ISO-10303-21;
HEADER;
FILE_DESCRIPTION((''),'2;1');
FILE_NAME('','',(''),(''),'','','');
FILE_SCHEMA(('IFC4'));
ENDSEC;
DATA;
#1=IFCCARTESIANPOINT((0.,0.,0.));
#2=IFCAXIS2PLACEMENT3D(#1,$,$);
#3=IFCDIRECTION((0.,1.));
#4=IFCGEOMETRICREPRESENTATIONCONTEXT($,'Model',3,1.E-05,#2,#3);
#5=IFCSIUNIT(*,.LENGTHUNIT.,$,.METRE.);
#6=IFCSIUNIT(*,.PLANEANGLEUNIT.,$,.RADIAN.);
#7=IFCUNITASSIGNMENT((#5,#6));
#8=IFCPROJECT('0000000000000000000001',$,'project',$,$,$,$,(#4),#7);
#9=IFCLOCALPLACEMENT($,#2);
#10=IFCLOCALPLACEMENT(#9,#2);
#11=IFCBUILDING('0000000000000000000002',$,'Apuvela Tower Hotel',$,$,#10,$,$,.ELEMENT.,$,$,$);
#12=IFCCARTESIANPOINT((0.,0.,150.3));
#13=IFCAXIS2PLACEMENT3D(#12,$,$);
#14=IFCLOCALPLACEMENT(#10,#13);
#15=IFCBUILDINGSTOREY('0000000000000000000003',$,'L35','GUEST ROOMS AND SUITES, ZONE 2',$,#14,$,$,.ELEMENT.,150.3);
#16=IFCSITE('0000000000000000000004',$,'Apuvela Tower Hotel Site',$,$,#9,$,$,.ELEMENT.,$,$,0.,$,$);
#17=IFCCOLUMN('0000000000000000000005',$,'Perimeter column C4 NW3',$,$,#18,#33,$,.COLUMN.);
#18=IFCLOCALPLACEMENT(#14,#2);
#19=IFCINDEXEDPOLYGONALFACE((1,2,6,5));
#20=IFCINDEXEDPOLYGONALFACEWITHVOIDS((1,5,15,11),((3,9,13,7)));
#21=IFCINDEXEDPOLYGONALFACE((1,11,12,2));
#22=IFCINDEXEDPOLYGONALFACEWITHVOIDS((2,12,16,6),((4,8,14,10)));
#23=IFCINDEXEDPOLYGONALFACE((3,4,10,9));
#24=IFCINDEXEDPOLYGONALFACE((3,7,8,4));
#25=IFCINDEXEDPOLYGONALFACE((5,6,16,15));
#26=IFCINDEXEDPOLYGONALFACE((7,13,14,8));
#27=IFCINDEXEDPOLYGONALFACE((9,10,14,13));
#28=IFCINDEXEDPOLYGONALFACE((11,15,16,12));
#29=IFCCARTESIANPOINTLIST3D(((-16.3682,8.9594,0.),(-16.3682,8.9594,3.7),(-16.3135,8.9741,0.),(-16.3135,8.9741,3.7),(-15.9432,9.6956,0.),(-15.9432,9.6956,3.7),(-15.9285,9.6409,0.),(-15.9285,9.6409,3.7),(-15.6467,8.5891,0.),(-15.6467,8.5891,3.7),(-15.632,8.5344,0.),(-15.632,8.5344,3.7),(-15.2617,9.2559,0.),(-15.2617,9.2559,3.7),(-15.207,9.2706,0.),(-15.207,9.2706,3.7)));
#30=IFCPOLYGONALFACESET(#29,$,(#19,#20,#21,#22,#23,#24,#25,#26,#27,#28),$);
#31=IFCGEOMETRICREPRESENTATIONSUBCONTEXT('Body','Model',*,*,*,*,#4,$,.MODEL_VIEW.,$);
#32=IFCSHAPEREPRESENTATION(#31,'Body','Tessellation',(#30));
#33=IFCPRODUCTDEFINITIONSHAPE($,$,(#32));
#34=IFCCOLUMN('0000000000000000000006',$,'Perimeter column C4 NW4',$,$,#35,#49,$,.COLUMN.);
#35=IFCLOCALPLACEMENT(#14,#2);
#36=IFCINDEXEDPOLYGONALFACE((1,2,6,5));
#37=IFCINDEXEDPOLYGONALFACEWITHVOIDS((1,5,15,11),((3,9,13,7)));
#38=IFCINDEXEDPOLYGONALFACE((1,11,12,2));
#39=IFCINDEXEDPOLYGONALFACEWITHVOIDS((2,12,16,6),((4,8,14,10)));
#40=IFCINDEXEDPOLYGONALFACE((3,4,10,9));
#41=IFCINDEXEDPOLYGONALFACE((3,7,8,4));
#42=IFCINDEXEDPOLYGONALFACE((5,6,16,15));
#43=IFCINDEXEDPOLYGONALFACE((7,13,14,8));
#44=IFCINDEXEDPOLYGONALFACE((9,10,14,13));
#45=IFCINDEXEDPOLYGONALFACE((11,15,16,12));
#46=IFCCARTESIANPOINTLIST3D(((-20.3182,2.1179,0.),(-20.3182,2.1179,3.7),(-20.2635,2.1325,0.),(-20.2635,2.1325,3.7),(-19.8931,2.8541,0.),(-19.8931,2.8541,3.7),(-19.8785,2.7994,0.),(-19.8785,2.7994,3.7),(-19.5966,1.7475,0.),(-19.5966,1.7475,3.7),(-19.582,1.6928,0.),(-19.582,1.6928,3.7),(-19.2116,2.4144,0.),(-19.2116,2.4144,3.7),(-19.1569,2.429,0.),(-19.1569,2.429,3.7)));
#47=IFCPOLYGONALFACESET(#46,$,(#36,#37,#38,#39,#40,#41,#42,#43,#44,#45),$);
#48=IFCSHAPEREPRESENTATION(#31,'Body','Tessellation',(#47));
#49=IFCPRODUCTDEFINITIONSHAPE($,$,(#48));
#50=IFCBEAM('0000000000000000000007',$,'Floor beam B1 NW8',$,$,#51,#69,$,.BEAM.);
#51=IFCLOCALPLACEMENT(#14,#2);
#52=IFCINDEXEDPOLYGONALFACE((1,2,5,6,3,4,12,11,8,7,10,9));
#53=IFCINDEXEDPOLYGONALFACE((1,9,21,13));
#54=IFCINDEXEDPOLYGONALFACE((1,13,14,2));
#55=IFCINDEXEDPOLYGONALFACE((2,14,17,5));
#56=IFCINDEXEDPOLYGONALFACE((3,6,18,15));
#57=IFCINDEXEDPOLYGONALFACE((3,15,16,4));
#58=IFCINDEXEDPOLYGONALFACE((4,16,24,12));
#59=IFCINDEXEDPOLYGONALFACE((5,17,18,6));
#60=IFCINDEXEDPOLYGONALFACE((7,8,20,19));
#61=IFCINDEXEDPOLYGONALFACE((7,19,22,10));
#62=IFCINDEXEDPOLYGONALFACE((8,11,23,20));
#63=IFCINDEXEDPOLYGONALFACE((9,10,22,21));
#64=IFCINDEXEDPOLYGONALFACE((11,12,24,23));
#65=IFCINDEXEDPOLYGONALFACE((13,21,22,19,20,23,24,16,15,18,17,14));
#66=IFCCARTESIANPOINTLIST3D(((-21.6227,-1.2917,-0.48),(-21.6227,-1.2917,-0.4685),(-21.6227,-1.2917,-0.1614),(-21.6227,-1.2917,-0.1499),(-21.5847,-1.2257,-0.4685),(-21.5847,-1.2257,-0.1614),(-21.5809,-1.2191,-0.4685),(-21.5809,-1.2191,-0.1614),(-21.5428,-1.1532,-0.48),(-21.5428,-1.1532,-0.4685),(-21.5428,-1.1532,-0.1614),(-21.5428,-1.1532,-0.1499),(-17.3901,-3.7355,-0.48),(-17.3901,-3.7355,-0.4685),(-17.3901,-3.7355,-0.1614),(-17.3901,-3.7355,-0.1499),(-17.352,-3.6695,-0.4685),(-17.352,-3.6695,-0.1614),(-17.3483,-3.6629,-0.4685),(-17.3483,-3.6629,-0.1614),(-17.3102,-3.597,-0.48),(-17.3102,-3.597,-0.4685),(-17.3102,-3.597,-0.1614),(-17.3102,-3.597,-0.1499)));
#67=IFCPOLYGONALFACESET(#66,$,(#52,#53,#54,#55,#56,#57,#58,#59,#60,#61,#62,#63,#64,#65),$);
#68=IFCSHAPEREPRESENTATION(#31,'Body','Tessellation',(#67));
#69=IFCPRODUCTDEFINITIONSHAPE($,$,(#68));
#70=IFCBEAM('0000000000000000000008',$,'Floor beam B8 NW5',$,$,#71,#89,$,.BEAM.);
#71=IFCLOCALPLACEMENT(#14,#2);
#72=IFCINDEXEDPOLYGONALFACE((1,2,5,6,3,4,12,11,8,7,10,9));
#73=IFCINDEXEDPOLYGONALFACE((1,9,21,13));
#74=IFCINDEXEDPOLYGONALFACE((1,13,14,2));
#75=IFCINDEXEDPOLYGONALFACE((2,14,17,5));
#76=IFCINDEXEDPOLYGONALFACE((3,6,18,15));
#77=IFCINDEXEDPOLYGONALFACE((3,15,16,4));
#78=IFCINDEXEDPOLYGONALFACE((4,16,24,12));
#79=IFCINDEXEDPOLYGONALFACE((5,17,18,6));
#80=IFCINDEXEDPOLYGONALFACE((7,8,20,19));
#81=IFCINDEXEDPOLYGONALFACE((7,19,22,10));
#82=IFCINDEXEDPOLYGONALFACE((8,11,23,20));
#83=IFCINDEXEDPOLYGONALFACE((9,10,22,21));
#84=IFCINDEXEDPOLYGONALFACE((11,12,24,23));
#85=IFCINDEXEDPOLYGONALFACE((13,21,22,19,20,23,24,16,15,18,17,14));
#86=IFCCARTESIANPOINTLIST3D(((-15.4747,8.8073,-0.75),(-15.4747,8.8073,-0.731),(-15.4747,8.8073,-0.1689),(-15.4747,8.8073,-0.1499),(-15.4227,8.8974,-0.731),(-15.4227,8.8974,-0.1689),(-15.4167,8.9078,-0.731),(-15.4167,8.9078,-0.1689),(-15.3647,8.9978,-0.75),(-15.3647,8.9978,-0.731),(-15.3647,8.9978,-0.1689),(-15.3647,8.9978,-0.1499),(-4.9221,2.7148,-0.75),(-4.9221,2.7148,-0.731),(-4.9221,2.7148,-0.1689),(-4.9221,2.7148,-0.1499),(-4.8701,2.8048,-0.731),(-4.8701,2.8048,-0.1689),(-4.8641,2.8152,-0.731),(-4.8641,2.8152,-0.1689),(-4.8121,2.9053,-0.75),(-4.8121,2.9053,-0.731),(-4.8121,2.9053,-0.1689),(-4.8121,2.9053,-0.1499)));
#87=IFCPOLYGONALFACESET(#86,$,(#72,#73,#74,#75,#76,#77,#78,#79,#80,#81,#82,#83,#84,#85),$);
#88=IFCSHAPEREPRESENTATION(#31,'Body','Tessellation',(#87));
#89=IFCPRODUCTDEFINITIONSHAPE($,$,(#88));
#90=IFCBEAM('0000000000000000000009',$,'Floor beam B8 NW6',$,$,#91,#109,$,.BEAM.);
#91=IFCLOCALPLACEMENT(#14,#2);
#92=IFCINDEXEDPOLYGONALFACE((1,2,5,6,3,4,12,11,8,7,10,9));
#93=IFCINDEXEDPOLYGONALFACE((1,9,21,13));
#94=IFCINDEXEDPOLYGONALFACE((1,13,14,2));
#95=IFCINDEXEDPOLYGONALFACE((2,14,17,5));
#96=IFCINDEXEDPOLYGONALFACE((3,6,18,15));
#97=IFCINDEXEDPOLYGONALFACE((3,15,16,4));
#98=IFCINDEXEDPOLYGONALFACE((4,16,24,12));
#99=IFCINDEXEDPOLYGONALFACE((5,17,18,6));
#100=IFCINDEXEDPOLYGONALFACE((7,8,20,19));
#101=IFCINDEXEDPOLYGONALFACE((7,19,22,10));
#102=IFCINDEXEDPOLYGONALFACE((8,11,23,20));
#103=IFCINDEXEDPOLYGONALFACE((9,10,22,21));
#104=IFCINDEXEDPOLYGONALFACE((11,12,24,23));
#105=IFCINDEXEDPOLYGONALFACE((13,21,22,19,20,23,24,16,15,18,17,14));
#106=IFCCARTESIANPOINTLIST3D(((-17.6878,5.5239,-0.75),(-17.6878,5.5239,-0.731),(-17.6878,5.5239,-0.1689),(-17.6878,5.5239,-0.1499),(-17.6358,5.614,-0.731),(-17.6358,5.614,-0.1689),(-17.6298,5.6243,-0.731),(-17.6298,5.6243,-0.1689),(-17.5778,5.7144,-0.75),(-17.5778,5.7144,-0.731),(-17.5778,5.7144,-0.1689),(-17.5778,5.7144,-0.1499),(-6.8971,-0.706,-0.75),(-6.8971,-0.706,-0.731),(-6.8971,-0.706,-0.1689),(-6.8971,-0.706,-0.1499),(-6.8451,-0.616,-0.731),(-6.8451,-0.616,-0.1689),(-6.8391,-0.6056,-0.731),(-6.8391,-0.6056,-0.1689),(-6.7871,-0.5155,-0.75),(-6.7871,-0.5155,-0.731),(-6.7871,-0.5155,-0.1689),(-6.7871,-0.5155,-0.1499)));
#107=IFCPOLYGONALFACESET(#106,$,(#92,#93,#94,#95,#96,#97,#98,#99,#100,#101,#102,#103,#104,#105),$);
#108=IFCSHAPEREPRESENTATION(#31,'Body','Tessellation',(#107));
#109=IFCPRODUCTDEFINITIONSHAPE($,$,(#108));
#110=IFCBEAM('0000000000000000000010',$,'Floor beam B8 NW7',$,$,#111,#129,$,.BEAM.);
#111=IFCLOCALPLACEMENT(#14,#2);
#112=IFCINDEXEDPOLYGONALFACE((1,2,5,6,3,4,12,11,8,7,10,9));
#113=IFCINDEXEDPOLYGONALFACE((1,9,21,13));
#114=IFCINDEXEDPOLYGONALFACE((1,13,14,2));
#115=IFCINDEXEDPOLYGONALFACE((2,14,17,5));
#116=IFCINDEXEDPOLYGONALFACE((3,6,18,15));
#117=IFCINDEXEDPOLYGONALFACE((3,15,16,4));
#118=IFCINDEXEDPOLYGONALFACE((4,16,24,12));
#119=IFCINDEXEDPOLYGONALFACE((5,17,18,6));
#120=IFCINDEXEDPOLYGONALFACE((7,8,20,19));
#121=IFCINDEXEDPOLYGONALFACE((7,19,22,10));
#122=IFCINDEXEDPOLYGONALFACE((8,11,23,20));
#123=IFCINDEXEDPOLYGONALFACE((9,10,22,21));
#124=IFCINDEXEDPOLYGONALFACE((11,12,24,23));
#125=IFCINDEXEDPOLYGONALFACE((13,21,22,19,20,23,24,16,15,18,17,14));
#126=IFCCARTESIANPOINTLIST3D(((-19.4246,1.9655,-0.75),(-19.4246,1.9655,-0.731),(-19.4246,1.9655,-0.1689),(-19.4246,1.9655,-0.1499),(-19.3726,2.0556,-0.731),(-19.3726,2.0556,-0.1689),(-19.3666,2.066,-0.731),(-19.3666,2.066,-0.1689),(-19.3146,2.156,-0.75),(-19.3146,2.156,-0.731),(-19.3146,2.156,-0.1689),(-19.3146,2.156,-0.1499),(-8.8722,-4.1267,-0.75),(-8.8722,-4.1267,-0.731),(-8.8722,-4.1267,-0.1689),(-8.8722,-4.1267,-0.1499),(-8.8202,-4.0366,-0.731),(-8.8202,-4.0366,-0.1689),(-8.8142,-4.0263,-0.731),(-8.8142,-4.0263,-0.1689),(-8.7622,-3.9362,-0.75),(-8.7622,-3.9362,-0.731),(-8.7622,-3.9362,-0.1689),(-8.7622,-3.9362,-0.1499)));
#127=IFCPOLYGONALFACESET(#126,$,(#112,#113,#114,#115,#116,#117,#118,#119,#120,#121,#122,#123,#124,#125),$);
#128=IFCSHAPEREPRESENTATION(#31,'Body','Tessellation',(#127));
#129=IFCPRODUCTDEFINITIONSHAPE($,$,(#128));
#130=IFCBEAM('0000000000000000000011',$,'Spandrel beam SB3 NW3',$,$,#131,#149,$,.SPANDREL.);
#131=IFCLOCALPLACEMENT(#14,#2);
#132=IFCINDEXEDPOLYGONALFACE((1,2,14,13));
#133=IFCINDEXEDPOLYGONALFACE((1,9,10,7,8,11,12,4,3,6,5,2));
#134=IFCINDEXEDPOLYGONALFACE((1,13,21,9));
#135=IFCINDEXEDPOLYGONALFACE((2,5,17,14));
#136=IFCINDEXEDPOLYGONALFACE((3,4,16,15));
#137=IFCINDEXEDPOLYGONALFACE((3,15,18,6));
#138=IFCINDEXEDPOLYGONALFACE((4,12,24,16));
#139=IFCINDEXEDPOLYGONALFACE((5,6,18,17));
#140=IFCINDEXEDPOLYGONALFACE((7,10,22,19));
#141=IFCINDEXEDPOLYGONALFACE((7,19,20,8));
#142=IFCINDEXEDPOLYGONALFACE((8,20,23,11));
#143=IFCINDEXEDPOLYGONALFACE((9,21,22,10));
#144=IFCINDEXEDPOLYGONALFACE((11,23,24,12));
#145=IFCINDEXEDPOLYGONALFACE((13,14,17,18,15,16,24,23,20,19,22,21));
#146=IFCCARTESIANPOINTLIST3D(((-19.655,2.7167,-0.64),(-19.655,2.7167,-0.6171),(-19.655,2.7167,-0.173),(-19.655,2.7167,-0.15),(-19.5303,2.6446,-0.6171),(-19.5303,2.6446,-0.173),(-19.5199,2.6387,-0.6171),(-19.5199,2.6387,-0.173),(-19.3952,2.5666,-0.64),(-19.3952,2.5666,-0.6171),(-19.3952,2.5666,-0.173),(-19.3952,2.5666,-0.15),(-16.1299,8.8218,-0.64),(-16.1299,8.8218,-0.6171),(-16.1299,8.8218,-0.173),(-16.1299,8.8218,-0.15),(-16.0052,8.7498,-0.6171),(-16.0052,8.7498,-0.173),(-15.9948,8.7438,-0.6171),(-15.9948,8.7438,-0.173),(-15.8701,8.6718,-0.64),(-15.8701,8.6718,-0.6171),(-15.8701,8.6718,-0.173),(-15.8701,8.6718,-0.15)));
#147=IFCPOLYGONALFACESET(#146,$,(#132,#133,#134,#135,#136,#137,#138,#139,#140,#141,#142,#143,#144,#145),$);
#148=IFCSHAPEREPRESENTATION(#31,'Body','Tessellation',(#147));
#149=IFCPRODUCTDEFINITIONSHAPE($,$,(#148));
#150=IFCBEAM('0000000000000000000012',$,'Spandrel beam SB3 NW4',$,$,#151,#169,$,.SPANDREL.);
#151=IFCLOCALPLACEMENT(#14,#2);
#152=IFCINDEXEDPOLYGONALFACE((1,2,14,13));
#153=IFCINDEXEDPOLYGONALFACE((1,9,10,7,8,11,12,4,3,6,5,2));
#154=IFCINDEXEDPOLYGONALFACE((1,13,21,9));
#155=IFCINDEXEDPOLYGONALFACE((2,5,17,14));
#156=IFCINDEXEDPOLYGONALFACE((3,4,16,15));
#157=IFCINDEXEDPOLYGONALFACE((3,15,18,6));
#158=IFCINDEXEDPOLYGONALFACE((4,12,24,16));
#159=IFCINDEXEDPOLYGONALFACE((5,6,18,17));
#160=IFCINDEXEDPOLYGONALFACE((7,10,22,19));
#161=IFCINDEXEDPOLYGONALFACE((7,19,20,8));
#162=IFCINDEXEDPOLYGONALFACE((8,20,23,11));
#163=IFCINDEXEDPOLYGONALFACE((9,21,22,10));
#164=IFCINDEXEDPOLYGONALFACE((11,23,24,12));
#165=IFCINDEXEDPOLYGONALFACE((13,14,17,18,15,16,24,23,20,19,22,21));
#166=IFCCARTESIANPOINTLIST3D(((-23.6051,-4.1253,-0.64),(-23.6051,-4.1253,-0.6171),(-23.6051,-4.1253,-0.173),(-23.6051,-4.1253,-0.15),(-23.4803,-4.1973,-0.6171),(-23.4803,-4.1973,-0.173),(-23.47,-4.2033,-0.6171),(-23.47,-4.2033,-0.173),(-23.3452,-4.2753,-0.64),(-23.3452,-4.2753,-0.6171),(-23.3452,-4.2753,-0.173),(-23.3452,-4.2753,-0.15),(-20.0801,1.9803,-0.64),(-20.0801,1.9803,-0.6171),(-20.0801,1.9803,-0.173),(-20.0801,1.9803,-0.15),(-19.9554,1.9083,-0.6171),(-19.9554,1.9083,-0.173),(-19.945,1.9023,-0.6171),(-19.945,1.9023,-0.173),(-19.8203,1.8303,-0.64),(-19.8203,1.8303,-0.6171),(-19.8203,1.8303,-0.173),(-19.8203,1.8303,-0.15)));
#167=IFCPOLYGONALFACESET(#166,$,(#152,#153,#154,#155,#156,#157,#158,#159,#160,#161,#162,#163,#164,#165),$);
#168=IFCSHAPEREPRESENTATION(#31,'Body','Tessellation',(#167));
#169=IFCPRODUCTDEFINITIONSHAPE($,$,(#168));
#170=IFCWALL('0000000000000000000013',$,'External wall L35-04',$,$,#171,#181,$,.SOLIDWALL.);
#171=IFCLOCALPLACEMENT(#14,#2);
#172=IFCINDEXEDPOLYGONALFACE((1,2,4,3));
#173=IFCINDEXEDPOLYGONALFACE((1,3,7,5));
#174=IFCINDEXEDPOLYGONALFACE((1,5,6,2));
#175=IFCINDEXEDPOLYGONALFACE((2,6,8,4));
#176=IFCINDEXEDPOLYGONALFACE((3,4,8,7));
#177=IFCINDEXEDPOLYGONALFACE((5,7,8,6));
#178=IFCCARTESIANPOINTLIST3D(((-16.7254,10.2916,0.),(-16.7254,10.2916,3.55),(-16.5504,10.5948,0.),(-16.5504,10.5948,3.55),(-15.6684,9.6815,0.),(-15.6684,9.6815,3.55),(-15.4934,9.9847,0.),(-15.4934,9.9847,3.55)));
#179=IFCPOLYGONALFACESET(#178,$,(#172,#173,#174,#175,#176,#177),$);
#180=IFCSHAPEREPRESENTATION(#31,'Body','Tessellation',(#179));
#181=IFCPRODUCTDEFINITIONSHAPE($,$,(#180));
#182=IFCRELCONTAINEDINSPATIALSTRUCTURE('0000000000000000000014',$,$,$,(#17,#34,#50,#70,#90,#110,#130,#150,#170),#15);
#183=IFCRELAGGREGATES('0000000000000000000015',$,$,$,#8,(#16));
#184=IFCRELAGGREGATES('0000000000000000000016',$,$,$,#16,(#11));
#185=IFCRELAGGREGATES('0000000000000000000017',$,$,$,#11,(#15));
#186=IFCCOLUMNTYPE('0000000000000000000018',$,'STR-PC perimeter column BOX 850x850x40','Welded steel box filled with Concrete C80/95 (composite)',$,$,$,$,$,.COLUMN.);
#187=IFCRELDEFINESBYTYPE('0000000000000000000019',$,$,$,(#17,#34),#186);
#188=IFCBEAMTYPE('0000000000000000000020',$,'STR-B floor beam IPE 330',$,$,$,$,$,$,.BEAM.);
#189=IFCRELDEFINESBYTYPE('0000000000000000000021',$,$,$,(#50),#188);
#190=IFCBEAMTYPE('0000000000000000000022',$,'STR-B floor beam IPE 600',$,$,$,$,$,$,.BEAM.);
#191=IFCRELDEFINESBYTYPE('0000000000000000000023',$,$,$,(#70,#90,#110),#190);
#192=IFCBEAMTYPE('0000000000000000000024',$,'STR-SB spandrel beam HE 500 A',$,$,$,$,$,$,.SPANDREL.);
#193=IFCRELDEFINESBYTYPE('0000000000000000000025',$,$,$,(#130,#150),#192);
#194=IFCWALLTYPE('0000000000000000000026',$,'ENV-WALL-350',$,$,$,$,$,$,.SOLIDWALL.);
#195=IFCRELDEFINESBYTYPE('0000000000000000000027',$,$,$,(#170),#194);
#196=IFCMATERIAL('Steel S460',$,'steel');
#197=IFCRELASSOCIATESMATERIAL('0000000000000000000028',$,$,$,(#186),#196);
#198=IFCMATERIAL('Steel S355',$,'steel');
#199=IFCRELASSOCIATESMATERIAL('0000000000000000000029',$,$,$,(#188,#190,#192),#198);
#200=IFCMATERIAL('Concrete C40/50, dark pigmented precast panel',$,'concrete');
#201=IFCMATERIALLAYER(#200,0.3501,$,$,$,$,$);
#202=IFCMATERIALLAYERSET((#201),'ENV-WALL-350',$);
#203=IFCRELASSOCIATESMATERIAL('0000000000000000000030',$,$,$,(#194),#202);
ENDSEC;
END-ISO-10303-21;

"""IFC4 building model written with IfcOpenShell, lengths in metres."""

from ifc_helpers import new_model, si_unit, direction, frame, frame_2d, origin, origin_2d, place, context, subcontext, project, spatial, rectangle, hollow_rectangle, i_section, extrude, material, layer, layer_set, material_profile, profile_set, type_object, element, save


model = new_model("IFC4")

# Units and contexts
model_context = context("Model", 3, precision=1e-05, world=origin(), true_north=direction((0.0, 1.0)))
body_context = subcontext(model_context, "Body", "Model", "MODEL_VIEW")
ifc_project = project(units=[si_unit("LENGTHUNIT", "METRE"), si_unit("PLANEANGLEUNIT", "RADIAN")], contexts=[model_context])

# Site, building, storey
site_placement = place(None, origin())
site = spatial("IfcSite", under=ifc_project, at=site_placement, Name="Apuvela Tower Hotel Site", CompositionType="ELEMENT", RefElevation=0.0)
building_placement = place(site_placement, origin())
building = spatial("IfcBuilding", under=site, at=building_placement, Name="Apuvela Tower Hotel", CompositionType="ELEMENT")
storey_placement = place(building_placement, frame((0.0, 0.0, 150.3)))
storey = spatial("IfcBuildingStorey", under=building, at=storey_placement, Name="L35", Description="GUEST ROOMS AND SUITES, ZONE 2", CompositionType="ELEMENT", Elevation=150.3)

# Columns
ifc_material_1 = material(Name="Steel S460", Category="steel")
ifc_material_profile_1 = material_profile(ifc_material_1, hollow_rectangle(XDim=0.8501, YDim=0.8501, WallThickness=0.04, at=origin_2d()), Name="BOX 850x850x40")
ifc_material_2 = material(Name="Concrete C80/95", Category="concrete")
ifc_material_profile_2 = material_profile(ifc_material_2, rectangle(XDim=0.77, YDim=0.77, at=origin_2d()), Name="Concrete C80/95 infill")
ifc_profile_set_1 = profile_set([ifc_material_profile_1, ifc_material_profile_2], Name="Steel S460")
column_type = type_object("IfcColumnType", Name="STR-PC perimeter column BOX 850x850x40", Description="Welded steel box filled with Concrete C80/95 (composite)", PredefinedType="COLUMN", material=ifc_profile_set_1)
for number, where, z_axis, x_axis, name in (
    (1, (-15.7876, 9.115, 0.0), (0.0, 0.0, 1.0), (0.5, 0.866025, 0.0), "Perimeter column C4 NW3"),
    (2, (-19.7375, 2.2734, 0.0), (0.0, 0.0, 1.0), (0.5, 0.866025, 0.0), "Perimeter column C4 NW4"),
):
    element("IfcColumn", number, at=place(storey_placement, frame(where, z_axis=z_axis, x_axis=x_axis)), inside=storey, type_object=column_type, Name=name, PredefinedType="COLUMN", context=body_context, shape_type="SweptSolid", body=[
        extrude(hollow_rectangle(XDim=0.8501, YDim=0.8501, WallThickness=0.04, at=origin_2d()), origin(), (0.0, 0.0, 1.0), 3.7),
    ])

# Beams
ifc_material_3 = material(Name="Steel S355", Category="steel")
ifc_material_profile_3 = material_profile(ifc_material_3, i_section(OverallWidth=0.1599, OverallDepth=0.3301, WebThickness=0.0076, FlangeThickness=0.0115, at=origin_2d()), Name="IPE 330")
ifc_profile_set_2 = profile_set([ifc_material_profile_3], Name="Steel S355")
beam_type_1 = type_object("IfcBeamType", Name="STR-B floor beam IPE 330", PredefinedType="BEAM", material=ifc_profile_set_2)
beam_1_placement = place(storey_placement, frame((-21.5828, -1.2224, -0.3149), z_axis=(0.866015, -0.500018, 0.0), x_axis=(0.500018, 0.866015, 0.0)))
element("IfcBeam", 3, at=beam_1_placement, inside=storey, type_object=beam_type_1, Name="Floor beam B1 NW8", PredefinedType="BEAM", context=body_context, shape_type="SweptSolid", body=[
    extrude(i_section(OverallWidth=0.1599, OverallDepth=0.3301, WebThickness=0.0076, FlangeThickness=0.0115, at=origin_2d()), origin(), (0.0, 0.0, 1.0), 4.8875),
])
ifc_material_profile_4 = material_profile(ifc_material_3, i_section(OverallWidth=0.22, OverallDepth=0.6001, WebThickness=0.012, FlangeThickness=0.019, at=origin_2d()), Name="IPE 600")
ifc_profile_set_3 = profile_set([ifc_material_profile_4], Name="Steel S355")
beam_type_2 = type_object("IfcBeamType", Name="STR-B floor beam IPE 600", PredefinedType="BEAM", material=ifc_profile_set_3)
beam_2_placement = place(storey_placement, frame((-15.4197, 8.9026, -0.45), z_axis=(0.866024, -0.500003, 0.0), x_axis=(0.500003, 0.866024, 0.0)))
element("IfcBeam", 4, at=beam_2_placement, inside=storey, type_object=beam_type_2, Name="Floor beam B8 NW5", PredefinedType="BEAM", context=body_context, shape_type="SweptSolid", body=[
    extrude(i_section(OverallWidth=0.22, OverallDepth=0.6001, WebThickness=0.012, FlangeThickness=0.019, at=origin_2d()), origin(), (0.0, 0.0, 1.0), 12.1851),
])
beam_3_placement = place(storey_placement, frame((-17.6328, 5.6191, -0.45), z_axis=(0.866028, -0.499996, 0.0), x_axis=(0.499996, 0.866028, 0.0)))
element("IfcBeam", 5, at=beam_3_placement, inside=storey, type_object=beam_type_2, Name="Floor beam B8 NW6", PredefinedType="BEAM", context=body_context, shape_type="SweptSolid", body=[
    extrude(i_section(OverallWidth=0.22, OverallDepth=0.6001, WebThickness=0.012, FlangeThickness=0.019, at=origin_2d()), origin(), (0.0, 0.0, 1.0), 12.46),
])
beam_4_placement = place(storey_placement, frame((-19.3696, 2.0608, -0.45), z_axis=(0.866032, -0.499988, 0.0), x_axis=(0.499988, 0.866032, 0.0)))
element("IfcBeam", 6, at=beam_4_placement, inside=storey, type_object=beam_type_2, Name="Floor beam B8 NW7", PredefinedType="BEAM", context=body_context, shape_type="SweptSolid", body=[
    extrude(i_section(OverallWidth=0.22, OverallDepth=0.6001, WebThickness=0.012, FlangeThickness=0.019, at=origin_2d()), origin(), (0.0, 0.0, 1.0), 12.1848),
])
ifc_material_profile_5 = material_profile(ifc_material_3, i_section(OverallWidth=0.3, OverallDepth=0.49, WebThickness=0.012, FlangeThickness=0.0229, at=origin_2d()), Name="HE 500 A")
ifc_profile_set_4 = profile_set([ifc_material_profile_5], Name="Steel S355")
beam_type_3 = type_object("IfcBeamType", Name="STR-SB spandrel beam HE 500 A", PredefinedType="SPANDREL", material=ifc_profile_set_4)
beam_5_placement = place(storey_placement, frame((-16.0, 8.7468, -0.395), z_axis=(-0.500031, -0.866007, 0.0), x_axis=(0.866007, -0.500031, 0.0)))
element("IfcBeam", 7, at=beam_5_placement, inside=storey, type_object=beam_type_3, Name="Spandrel beam SB3 NW3", PredefinedType="SPANDREL", context=body_context, shape_type="SweptSolid", body=[
    extrude(i_section(OverallWidth=0.3, OverallDepth=0.49, WebThickness=0.012, FlangeThickness=0.0229, at=origin_2d()), origin(), (0.0, 0.0, 1.0), 7.0498),
])
beam_6_placement = place(storey_placement, frame((-19.9502, 1.9053, -0.395), z_axis=(-0.49999, -0.866031, 0.0), x_axis=(0.866031, -0.49999, 0.0)))
element("IfcBeam", 8, at=beam_6_placement, inside=storey, type_object=beam_type_3, Name="Spandrel beam SB3 NW4", PredefinedType="SPANDREL", context=body_context, shape_type="SweptSolid", body=[
    extrude(i_section(OverallWidth=0.3, OverallDepth=0.49, WebThickness=0.012, FlangeThickness=0.0229, at=origin_2d()), origin(), (0.0, 0.0, 1.0), 7.05),
])

# Wall
ifc_material_4 = material(Name="Concrete C40/50, dark pigmented precast panel", Category="concrete")
ifc_layer_1 = layer(ifc_material_4, 0.3501)
ifc_layer_set_1 = layer_set([ifc_layer_1], Name="ENV-WALL-350")
wall_type_1 = type_object("IfcWallType", Name="ENV-WALL-350", PredefinedType="SOLIDWALL", material=ifc_layer_set_1)
wall_1_placement = place(storey_placement, frame((-15.5808, 9.833, 0.0), z_axis=(0.0, 0.0, 1.0), x_axis=(-0.866056, 0.499948, 0.0)))
element("IfcWall", 9, at=wall_1_placement, inside=storey, type_object=wall_type_1, Name="External wall L35-04", PredefinedType="SOLIDWALL", context=body_context, shape_type="SweptSolid", body=[
    extrude(rectangle(XDim=1.2205, YDim=0.3501, at=frame_2d((0.6104, 0.0))), origin(), (0.0, 0.0, 1.0), 3.55),
])

save(model, "model.ifc")
